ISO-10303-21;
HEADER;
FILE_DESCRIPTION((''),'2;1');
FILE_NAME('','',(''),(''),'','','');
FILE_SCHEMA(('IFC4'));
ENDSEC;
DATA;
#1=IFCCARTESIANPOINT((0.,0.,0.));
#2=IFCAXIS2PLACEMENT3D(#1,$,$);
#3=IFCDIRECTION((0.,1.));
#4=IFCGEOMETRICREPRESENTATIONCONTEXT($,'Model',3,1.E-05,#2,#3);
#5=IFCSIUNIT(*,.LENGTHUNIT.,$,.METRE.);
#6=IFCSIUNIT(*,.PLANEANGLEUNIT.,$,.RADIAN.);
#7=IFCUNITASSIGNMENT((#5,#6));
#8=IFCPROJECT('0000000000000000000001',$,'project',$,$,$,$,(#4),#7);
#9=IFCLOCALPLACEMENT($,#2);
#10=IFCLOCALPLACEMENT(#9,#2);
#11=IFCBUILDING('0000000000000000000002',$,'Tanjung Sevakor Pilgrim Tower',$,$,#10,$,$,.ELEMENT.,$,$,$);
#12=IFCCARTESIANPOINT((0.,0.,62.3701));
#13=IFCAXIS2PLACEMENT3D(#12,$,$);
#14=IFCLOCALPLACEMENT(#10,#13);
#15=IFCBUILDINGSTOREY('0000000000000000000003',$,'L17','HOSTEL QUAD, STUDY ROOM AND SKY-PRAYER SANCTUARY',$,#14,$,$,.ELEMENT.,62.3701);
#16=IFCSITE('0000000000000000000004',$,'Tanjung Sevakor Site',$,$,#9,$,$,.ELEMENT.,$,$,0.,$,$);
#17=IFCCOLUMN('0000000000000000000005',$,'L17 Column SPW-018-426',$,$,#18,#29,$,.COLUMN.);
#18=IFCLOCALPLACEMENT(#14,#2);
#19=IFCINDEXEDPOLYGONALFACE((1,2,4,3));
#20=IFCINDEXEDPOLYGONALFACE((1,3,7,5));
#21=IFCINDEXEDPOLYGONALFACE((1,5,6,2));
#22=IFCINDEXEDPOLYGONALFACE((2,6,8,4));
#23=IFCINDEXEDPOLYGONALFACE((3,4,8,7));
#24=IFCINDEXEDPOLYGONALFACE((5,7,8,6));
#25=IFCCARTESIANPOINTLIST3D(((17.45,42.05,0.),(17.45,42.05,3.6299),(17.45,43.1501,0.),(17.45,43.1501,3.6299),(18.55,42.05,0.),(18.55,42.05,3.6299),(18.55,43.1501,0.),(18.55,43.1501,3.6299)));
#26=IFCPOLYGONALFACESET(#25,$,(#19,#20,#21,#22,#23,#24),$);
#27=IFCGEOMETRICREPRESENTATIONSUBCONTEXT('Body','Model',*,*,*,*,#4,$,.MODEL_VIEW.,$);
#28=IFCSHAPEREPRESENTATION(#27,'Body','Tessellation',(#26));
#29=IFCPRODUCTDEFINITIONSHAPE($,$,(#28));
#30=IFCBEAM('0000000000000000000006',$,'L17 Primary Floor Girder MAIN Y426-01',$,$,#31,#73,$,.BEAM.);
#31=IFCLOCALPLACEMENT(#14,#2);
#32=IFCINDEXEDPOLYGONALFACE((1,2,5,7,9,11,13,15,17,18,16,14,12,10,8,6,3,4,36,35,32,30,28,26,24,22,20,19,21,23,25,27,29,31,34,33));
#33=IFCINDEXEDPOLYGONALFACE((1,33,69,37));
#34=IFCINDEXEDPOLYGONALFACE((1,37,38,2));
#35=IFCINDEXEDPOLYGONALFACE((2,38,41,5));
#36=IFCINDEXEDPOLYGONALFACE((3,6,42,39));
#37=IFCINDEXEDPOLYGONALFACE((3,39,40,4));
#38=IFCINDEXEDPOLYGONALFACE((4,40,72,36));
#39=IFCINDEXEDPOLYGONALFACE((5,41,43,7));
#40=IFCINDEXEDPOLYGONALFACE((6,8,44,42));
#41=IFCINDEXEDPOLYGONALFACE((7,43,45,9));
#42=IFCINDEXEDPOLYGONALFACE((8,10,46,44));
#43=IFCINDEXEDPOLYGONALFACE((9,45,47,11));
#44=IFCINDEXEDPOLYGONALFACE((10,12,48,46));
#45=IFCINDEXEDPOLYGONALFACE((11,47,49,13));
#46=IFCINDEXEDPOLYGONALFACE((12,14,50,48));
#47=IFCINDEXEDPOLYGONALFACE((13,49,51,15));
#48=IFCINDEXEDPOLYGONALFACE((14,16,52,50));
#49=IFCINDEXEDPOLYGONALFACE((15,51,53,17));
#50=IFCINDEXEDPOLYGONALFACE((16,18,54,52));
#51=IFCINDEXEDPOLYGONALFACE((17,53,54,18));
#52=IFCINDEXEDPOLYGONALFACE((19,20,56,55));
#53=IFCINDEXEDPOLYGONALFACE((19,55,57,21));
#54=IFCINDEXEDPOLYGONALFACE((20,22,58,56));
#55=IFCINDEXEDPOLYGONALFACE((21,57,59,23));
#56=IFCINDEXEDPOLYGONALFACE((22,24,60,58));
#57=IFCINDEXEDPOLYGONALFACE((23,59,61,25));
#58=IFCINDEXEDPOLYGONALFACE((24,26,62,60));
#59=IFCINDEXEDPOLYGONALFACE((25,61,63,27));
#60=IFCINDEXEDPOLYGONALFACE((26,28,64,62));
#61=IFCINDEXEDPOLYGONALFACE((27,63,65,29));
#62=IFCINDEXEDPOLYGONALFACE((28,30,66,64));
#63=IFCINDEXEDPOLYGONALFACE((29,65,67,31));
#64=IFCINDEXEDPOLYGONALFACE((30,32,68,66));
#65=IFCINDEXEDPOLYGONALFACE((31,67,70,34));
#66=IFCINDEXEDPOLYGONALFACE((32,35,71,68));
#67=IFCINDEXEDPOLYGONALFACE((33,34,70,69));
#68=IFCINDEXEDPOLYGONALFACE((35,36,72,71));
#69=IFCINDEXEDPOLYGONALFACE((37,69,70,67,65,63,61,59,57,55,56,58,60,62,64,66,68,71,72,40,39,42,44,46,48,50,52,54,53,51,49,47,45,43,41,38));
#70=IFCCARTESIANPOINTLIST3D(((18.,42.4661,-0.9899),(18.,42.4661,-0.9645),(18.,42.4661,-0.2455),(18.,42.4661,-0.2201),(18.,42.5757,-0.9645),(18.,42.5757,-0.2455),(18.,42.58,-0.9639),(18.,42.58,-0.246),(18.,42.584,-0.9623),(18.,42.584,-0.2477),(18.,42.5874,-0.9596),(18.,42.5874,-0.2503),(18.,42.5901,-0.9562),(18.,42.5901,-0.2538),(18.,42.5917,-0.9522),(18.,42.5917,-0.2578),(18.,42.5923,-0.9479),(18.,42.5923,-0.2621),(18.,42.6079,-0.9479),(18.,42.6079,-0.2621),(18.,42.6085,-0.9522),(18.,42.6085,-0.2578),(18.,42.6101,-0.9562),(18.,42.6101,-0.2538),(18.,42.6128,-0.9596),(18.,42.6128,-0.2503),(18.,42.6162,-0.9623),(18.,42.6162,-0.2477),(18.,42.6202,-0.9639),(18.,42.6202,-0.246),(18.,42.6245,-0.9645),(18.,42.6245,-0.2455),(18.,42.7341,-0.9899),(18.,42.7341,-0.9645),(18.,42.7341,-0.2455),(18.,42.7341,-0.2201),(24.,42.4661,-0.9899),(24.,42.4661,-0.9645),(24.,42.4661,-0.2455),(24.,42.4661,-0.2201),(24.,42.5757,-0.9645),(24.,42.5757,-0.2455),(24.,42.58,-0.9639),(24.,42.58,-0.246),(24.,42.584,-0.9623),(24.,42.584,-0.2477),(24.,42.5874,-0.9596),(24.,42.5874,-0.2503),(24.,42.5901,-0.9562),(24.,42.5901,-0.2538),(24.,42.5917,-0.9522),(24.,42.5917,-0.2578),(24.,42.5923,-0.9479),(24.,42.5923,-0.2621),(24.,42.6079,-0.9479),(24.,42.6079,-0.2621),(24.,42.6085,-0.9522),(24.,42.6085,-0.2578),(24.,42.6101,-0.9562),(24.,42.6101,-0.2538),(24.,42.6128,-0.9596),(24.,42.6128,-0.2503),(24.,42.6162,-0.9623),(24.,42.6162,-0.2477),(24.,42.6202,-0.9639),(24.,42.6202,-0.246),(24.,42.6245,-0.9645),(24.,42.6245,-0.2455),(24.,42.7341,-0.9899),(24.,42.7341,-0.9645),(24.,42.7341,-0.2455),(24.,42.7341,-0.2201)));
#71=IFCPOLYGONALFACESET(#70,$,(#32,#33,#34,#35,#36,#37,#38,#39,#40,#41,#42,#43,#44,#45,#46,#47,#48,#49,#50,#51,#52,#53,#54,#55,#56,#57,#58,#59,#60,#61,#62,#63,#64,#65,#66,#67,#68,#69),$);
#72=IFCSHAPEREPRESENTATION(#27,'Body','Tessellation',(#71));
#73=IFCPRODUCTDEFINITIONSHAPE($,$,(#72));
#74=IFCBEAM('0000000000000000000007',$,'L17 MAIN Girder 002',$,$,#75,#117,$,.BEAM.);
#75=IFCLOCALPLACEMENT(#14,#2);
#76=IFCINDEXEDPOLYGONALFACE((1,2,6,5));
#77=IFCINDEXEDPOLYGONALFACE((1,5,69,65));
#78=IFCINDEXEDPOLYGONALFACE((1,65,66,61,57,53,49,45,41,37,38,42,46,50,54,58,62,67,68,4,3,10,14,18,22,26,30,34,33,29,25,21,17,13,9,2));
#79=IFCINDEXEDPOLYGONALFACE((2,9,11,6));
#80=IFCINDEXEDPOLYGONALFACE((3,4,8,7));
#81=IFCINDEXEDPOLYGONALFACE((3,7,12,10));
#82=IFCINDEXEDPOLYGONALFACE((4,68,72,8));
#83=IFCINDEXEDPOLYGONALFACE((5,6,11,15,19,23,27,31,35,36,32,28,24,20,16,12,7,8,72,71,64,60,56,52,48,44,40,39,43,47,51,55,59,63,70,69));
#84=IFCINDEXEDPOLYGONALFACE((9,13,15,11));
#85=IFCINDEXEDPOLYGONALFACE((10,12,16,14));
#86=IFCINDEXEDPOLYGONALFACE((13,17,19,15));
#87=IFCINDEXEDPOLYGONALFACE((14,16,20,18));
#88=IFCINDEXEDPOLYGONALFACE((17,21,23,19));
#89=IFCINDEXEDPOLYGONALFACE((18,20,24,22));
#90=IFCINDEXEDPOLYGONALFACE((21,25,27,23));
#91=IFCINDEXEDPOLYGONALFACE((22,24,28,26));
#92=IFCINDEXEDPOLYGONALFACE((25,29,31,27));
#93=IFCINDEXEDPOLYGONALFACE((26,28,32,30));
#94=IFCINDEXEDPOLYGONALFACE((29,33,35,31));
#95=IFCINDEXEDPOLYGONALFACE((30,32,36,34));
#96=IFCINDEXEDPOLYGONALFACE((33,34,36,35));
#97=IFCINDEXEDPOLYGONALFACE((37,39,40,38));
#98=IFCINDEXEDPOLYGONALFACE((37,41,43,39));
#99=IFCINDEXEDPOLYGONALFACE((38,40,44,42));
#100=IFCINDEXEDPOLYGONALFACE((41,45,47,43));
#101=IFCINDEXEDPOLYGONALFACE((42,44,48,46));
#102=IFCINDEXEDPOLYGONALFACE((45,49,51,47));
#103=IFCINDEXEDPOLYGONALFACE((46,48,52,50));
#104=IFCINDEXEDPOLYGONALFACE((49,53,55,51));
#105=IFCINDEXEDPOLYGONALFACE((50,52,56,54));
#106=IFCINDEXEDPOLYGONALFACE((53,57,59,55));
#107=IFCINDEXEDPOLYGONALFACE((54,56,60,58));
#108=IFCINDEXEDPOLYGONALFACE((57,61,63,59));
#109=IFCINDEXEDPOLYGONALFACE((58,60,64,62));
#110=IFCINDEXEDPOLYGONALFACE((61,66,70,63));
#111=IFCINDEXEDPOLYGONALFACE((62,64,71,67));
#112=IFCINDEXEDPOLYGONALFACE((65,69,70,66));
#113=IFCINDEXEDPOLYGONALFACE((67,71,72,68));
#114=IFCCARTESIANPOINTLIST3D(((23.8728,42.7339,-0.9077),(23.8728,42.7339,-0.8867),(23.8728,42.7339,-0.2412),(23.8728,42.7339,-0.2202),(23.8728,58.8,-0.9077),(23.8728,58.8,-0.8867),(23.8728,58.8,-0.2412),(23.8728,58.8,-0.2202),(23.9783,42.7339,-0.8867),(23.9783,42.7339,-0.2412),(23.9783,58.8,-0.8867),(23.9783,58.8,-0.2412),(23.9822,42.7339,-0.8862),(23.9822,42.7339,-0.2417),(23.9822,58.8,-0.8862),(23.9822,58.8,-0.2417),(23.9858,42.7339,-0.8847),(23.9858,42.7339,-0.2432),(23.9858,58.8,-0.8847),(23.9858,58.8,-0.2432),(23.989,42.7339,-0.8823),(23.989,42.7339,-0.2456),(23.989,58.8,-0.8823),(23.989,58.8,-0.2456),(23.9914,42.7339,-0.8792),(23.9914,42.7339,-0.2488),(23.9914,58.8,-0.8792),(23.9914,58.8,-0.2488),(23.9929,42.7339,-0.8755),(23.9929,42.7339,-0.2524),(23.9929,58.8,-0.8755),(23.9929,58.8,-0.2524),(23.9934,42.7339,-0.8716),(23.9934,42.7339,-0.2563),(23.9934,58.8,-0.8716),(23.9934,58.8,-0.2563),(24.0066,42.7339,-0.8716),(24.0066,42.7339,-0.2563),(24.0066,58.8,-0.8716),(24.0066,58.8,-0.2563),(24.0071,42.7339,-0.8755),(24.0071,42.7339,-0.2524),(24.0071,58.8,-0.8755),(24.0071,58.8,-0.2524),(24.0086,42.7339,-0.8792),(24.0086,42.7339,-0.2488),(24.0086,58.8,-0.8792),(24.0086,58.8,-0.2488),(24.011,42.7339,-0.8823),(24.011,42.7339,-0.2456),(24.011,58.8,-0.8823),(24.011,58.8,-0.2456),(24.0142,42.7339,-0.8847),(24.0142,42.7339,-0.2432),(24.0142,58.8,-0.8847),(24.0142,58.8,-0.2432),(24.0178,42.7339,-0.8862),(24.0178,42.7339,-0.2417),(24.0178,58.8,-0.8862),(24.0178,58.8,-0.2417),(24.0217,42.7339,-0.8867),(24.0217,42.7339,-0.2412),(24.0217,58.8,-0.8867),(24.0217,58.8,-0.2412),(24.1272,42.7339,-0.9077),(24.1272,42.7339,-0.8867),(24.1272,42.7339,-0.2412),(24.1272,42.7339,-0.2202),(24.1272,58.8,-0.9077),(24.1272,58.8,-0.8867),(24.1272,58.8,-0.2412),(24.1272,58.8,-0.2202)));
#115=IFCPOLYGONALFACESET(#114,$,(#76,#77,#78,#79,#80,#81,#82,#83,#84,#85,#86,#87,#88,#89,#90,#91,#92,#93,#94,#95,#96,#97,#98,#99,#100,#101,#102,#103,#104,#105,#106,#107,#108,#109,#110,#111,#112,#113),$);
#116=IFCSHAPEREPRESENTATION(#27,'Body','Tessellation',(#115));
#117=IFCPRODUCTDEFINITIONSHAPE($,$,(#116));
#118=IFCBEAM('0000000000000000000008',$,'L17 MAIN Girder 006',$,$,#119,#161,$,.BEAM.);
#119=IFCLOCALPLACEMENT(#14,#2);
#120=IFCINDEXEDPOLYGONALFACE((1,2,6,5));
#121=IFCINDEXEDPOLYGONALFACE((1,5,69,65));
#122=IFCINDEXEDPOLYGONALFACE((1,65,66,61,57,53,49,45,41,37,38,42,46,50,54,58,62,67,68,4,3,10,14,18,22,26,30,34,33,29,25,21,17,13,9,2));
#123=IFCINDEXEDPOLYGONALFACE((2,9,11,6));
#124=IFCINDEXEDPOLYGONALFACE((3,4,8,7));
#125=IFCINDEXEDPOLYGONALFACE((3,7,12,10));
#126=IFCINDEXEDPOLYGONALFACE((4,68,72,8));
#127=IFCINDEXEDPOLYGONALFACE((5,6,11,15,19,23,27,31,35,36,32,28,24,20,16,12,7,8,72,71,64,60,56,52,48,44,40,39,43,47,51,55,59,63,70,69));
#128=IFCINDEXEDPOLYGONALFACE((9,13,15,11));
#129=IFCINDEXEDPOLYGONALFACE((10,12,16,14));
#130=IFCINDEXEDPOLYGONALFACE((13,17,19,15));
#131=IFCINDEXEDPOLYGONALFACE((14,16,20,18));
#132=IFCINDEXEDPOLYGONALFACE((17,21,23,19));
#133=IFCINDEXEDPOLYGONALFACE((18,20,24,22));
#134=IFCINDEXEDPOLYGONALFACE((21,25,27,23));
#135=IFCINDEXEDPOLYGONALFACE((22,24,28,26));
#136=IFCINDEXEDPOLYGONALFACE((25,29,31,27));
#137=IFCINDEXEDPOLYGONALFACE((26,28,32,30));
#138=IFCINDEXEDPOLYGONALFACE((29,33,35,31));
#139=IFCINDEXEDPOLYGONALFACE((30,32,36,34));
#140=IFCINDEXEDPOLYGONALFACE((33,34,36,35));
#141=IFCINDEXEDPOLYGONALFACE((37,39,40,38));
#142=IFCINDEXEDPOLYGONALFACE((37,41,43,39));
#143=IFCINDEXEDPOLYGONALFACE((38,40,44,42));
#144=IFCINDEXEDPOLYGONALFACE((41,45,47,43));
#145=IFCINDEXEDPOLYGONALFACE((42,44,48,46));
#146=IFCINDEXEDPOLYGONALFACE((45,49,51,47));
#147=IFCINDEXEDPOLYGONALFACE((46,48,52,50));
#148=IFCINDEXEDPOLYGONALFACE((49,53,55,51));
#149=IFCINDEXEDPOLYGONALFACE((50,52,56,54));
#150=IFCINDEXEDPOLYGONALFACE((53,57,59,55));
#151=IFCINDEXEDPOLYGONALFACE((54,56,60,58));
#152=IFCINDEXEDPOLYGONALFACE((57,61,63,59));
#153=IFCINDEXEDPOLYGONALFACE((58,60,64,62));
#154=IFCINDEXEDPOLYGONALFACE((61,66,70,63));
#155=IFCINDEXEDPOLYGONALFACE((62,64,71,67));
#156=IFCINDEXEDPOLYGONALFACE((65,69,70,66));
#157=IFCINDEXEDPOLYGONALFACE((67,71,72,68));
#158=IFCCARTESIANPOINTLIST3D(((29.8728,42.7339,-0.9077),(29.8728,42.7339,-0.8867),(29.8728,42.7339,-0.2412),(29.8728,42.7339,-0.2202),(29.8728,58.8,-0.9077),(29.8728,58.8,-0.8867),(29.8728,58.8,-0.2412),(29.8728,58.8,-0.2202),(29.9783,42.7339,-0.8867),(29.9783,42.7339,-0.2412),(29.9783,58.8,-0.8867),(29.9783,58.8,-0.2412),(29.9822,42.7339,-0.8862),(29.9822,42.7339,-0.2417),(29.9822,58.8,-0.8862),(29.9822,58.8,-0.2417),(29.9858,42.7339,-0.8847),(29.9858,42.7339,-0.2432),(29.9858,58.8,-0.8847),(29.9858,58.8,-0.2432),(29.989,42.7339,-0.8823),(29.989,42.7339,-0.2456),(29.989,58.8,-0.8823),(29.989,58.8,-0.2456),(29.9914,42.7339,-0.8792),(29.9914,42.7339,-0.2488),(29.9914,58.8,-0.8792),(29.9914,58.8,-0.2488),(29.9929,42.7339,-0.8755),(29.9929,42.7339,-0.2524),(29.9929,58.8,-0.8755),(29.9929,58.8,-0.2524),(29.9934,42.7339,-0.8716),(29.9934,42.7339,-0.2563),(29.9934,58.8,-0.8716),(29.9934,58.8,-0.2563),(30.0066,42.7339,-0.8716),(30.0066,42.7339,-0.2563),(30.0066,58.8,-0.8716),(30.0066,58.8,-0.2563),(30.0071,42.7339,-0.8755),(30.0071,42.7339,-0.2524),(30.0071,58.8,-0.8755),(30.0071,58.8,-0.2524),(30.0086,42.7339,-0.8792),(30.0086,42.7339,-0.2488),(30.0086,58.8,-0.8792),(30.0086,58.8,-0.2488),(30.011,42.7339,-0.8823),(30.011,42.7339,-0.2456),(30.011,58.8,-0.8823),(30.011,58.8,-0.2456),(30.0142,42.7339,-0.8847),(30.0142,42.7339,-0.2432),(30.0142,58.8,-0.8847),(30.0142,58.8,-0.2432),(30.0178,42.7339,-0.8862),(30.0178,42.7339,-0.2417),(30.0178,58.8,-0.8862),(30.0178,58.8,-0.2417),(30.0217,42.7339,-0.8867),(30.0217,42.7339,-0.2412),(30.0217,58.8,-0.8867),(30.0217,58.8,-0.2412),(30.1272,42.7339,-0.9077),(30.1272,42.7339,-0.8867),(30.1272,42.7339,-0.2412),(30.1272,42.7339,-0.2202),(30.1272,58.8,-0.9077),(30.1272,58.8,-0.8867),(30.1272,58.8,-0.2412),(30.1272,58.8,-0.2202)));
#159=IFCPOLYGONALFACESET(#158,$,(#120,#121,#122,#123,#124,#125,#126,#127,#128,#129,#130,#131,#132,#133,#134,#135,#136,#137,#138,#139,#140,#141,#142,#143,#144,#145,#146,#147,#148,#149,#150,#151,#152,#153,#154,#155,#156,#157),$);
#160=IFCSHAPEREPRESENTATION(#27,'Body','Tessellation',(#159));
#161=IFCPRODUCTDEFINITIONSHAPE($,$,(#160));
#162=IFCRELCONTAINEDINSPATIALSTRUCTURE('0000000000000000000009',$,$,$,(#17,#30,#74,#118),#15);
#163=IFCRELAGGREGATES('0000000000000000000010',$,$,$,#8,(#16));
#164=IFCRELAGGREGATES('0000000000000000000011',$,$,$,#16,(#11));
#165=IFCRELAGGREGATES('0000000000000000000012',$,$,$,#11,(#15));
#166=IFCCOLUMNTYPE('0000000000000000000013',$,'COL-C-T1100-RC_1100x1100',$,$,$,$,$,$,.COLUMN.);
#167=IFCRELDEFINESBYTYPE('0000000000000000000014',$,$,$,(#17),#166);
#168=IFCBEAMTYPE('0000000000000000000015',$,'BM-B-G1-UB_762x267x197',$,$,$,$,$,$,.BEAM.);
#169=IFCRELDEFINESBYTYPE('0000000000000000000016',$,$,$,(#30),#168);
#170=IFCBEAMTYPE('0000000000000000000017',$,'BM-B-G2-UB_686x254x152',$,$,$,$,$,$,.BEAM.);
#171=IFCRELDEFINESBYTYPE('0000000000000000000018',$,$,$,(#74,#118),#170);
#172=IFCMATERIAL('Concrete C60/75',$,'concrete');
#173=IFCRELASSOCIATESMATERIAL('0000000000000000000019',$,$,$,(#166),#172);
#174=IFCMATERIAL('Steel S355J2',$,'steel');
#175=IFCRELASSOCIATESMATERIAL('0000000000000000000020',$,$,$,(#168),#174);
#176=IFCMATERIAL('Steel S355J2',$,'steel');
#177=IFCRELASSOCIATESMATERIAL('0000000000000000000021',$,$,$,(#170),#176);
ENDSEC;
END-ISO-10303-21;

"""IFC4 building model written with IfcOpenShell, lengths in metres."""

from ifc_helpers import new_model, si_unit, direction, frame, origin, origin_2d, place, context, subcontext, project, spatial, rectangle, i_section, extrude, material, material_profile, profile_set, type_object, element, save


model = new_model("IFC4")

# Units and contexts
model_context = context("Model", 3, precision=1e-05, world=origin(), true_north=direction((0.0, 1.0)))
body_context = subcontext(model_context, "Body", "Model", "MODEL_VIEW")
ifc_project = project(units=[si_unit("LENGTHUNIT", "METRE"), si_unit("PLANEANGLEUNIT", "RADIAN")], contexts=[model_context])

# Site, building, storey
site_placement = place(None, origin())
site = spatial("IfcSite", under=ifc_project, at=site_placement, Name="Tanjung Sevakor Site", CompositionType="ELEMENT", RefElevation=0.0)
building_placement = place(site_placement, origin())
building = spatial("IfcBuilding", under=site, at=building_placement, Name="Tanjung Sevakor Pilgrim Tower", CompositionType="ELEMENT")
storey_placement = place(building_placement, frame((0.0, 0.0, 62.3701)))
storey = spatial("IfcBuildingStorey", under=building, at=storey_placement, Name="L17", Description="HOSTEL QUAD, STUDY ROOM AND SKY-PRAYER SANCTUARY", CompositionType="ELEMENT", Elevation=62.3701)

# Column
ifc_material_1 = material(Name="Concrete C60/75", Category="concrete")
ifc_material_profile_1 = material_profile(ifc_material_1, rectangle(XDim=1.1001, YDim=1.1001, at=origin_2d()))
ifc_profile_set_1 = profile_set([ifc_material_profile_1], Name="Concrete C60/75")
column_type = type_object("IfcColumnType", Name="COL-C-T1100-RC_1100x1100", PredefinedType="COLUMN", material=ifc_profile_set_1)
column_placement = place(storey_placement, frame((18.0, 42.6001, 0.0), z_axis=(0.0, 0.0, 1.0), x_axis=(1.0, 0.0, 0.0)))
element("IfcColumn", 1, at=column_placement, inside=storey, type_object=column_type, Name="L17 Column SPW-018-426", PredefinedType="COLUMN", context=body_context, shape_type="SweptSolid", body=[
    extrude(rectangle(XDim=1.1001, YDim=1.1001, at=origin_2d()), origin(), (0.0, 0.0, 1.0), 3.6299),
])

# Beams
ifc_material_2 = material(Name="Steel S355J2", Category="steel")
ifc_material_profile_2 = material_profile(ifc_material_2, i_section(OverallWidth=0.2681, OverallDepth=0.7698, WebThickness=0.0156, FlangeThickness=0.0254, FilletRadius=0.0166, at=origin_2d()))
ifc_profile_set_2 = profile_set([ifc_material_profile_2], Name="Steel S355J2")
beam_type_1 = type_object("IfcBeamType", Name="BM-B-G1-UB_762x267x197", PredefinedType="BEAM", material=ifc_profile_set_2)
beam_1_placement = place(storey_placement, frame((18.0, 42.6001, -0.605), z_axis=(1.0, 0.0, 0.0), x_axis=(0.0, 1.0, 0.0)))
element("IfcBeam", 2, at=beam_1_placement, inside=storey, type_object=beam_type_1, Name="L17 Primary Floor Girder MAIN Y426-01", PredefinedType="BEAM", context=body_context, shape_type="SweptSolid", body=[
    extrude(i_section(OverallWidth=0.2681, OverallDepth=0.7698, WebThickness=0.0156, FlangeThickness=0.0254, FilletRadius=0.0166, at=origin_2d()), origin(), (0.0, 0.0, 1.0), 6.0),
])
ifc_material_3 = material(Name="Steel S355J2", Category="steel")
ifc_material_profile_3 = material_profile(ifc_material_3, i_section(OverallWidth=0.2544, OverallDepth=0.6875, WebThickness=0.0132, FlangeThickness=0.021, FilletRadius=0.0151, at=origin_2d()))
ifc_profile_set_3 = profile_set([ifc_material_profile_3], Name="Steel S355J2")
beam_type_2 = type_object("IfcBeamType", Name="BM-B-G2-UB_686x254x152", PredefinedType="BEAM", material=ifc_profile_set_3)
for number, where, z_axis, x_axis, name in (
    (3, (24.0, 42.7339, -0.564), (0.0, 1.0, 0.0), (-1.0, 0.0, 0.0), "L17 MAIN Girder 002"),
    (4, (30.0, 42.7339, -0.564), (0.0, 1.0, 0.0), (-1.0, 0.0, 0.0), "L17 MAIN Girder 006"),
):
    element("IfcBeam", number, at=place(storey_placement, frame(where, z_axis=z_axis, x_axis=x_axis)), inside=storey, type_object=beam_type_2, Name=name, PredefinedType="BEAM", context=body_context, shape_type="SweptSolid", body=[
        extrude(i_section(OverallWidth=0.2544, OverallDepth=0.6875, WebThickness=0.0132, FlangeThickness=0.021, FilletRadius=0.0151, at=origin_2d()), origin(), (0.0, 0.0, 1.0), 16.0662),
    ])

save(model, "model.ifc")
